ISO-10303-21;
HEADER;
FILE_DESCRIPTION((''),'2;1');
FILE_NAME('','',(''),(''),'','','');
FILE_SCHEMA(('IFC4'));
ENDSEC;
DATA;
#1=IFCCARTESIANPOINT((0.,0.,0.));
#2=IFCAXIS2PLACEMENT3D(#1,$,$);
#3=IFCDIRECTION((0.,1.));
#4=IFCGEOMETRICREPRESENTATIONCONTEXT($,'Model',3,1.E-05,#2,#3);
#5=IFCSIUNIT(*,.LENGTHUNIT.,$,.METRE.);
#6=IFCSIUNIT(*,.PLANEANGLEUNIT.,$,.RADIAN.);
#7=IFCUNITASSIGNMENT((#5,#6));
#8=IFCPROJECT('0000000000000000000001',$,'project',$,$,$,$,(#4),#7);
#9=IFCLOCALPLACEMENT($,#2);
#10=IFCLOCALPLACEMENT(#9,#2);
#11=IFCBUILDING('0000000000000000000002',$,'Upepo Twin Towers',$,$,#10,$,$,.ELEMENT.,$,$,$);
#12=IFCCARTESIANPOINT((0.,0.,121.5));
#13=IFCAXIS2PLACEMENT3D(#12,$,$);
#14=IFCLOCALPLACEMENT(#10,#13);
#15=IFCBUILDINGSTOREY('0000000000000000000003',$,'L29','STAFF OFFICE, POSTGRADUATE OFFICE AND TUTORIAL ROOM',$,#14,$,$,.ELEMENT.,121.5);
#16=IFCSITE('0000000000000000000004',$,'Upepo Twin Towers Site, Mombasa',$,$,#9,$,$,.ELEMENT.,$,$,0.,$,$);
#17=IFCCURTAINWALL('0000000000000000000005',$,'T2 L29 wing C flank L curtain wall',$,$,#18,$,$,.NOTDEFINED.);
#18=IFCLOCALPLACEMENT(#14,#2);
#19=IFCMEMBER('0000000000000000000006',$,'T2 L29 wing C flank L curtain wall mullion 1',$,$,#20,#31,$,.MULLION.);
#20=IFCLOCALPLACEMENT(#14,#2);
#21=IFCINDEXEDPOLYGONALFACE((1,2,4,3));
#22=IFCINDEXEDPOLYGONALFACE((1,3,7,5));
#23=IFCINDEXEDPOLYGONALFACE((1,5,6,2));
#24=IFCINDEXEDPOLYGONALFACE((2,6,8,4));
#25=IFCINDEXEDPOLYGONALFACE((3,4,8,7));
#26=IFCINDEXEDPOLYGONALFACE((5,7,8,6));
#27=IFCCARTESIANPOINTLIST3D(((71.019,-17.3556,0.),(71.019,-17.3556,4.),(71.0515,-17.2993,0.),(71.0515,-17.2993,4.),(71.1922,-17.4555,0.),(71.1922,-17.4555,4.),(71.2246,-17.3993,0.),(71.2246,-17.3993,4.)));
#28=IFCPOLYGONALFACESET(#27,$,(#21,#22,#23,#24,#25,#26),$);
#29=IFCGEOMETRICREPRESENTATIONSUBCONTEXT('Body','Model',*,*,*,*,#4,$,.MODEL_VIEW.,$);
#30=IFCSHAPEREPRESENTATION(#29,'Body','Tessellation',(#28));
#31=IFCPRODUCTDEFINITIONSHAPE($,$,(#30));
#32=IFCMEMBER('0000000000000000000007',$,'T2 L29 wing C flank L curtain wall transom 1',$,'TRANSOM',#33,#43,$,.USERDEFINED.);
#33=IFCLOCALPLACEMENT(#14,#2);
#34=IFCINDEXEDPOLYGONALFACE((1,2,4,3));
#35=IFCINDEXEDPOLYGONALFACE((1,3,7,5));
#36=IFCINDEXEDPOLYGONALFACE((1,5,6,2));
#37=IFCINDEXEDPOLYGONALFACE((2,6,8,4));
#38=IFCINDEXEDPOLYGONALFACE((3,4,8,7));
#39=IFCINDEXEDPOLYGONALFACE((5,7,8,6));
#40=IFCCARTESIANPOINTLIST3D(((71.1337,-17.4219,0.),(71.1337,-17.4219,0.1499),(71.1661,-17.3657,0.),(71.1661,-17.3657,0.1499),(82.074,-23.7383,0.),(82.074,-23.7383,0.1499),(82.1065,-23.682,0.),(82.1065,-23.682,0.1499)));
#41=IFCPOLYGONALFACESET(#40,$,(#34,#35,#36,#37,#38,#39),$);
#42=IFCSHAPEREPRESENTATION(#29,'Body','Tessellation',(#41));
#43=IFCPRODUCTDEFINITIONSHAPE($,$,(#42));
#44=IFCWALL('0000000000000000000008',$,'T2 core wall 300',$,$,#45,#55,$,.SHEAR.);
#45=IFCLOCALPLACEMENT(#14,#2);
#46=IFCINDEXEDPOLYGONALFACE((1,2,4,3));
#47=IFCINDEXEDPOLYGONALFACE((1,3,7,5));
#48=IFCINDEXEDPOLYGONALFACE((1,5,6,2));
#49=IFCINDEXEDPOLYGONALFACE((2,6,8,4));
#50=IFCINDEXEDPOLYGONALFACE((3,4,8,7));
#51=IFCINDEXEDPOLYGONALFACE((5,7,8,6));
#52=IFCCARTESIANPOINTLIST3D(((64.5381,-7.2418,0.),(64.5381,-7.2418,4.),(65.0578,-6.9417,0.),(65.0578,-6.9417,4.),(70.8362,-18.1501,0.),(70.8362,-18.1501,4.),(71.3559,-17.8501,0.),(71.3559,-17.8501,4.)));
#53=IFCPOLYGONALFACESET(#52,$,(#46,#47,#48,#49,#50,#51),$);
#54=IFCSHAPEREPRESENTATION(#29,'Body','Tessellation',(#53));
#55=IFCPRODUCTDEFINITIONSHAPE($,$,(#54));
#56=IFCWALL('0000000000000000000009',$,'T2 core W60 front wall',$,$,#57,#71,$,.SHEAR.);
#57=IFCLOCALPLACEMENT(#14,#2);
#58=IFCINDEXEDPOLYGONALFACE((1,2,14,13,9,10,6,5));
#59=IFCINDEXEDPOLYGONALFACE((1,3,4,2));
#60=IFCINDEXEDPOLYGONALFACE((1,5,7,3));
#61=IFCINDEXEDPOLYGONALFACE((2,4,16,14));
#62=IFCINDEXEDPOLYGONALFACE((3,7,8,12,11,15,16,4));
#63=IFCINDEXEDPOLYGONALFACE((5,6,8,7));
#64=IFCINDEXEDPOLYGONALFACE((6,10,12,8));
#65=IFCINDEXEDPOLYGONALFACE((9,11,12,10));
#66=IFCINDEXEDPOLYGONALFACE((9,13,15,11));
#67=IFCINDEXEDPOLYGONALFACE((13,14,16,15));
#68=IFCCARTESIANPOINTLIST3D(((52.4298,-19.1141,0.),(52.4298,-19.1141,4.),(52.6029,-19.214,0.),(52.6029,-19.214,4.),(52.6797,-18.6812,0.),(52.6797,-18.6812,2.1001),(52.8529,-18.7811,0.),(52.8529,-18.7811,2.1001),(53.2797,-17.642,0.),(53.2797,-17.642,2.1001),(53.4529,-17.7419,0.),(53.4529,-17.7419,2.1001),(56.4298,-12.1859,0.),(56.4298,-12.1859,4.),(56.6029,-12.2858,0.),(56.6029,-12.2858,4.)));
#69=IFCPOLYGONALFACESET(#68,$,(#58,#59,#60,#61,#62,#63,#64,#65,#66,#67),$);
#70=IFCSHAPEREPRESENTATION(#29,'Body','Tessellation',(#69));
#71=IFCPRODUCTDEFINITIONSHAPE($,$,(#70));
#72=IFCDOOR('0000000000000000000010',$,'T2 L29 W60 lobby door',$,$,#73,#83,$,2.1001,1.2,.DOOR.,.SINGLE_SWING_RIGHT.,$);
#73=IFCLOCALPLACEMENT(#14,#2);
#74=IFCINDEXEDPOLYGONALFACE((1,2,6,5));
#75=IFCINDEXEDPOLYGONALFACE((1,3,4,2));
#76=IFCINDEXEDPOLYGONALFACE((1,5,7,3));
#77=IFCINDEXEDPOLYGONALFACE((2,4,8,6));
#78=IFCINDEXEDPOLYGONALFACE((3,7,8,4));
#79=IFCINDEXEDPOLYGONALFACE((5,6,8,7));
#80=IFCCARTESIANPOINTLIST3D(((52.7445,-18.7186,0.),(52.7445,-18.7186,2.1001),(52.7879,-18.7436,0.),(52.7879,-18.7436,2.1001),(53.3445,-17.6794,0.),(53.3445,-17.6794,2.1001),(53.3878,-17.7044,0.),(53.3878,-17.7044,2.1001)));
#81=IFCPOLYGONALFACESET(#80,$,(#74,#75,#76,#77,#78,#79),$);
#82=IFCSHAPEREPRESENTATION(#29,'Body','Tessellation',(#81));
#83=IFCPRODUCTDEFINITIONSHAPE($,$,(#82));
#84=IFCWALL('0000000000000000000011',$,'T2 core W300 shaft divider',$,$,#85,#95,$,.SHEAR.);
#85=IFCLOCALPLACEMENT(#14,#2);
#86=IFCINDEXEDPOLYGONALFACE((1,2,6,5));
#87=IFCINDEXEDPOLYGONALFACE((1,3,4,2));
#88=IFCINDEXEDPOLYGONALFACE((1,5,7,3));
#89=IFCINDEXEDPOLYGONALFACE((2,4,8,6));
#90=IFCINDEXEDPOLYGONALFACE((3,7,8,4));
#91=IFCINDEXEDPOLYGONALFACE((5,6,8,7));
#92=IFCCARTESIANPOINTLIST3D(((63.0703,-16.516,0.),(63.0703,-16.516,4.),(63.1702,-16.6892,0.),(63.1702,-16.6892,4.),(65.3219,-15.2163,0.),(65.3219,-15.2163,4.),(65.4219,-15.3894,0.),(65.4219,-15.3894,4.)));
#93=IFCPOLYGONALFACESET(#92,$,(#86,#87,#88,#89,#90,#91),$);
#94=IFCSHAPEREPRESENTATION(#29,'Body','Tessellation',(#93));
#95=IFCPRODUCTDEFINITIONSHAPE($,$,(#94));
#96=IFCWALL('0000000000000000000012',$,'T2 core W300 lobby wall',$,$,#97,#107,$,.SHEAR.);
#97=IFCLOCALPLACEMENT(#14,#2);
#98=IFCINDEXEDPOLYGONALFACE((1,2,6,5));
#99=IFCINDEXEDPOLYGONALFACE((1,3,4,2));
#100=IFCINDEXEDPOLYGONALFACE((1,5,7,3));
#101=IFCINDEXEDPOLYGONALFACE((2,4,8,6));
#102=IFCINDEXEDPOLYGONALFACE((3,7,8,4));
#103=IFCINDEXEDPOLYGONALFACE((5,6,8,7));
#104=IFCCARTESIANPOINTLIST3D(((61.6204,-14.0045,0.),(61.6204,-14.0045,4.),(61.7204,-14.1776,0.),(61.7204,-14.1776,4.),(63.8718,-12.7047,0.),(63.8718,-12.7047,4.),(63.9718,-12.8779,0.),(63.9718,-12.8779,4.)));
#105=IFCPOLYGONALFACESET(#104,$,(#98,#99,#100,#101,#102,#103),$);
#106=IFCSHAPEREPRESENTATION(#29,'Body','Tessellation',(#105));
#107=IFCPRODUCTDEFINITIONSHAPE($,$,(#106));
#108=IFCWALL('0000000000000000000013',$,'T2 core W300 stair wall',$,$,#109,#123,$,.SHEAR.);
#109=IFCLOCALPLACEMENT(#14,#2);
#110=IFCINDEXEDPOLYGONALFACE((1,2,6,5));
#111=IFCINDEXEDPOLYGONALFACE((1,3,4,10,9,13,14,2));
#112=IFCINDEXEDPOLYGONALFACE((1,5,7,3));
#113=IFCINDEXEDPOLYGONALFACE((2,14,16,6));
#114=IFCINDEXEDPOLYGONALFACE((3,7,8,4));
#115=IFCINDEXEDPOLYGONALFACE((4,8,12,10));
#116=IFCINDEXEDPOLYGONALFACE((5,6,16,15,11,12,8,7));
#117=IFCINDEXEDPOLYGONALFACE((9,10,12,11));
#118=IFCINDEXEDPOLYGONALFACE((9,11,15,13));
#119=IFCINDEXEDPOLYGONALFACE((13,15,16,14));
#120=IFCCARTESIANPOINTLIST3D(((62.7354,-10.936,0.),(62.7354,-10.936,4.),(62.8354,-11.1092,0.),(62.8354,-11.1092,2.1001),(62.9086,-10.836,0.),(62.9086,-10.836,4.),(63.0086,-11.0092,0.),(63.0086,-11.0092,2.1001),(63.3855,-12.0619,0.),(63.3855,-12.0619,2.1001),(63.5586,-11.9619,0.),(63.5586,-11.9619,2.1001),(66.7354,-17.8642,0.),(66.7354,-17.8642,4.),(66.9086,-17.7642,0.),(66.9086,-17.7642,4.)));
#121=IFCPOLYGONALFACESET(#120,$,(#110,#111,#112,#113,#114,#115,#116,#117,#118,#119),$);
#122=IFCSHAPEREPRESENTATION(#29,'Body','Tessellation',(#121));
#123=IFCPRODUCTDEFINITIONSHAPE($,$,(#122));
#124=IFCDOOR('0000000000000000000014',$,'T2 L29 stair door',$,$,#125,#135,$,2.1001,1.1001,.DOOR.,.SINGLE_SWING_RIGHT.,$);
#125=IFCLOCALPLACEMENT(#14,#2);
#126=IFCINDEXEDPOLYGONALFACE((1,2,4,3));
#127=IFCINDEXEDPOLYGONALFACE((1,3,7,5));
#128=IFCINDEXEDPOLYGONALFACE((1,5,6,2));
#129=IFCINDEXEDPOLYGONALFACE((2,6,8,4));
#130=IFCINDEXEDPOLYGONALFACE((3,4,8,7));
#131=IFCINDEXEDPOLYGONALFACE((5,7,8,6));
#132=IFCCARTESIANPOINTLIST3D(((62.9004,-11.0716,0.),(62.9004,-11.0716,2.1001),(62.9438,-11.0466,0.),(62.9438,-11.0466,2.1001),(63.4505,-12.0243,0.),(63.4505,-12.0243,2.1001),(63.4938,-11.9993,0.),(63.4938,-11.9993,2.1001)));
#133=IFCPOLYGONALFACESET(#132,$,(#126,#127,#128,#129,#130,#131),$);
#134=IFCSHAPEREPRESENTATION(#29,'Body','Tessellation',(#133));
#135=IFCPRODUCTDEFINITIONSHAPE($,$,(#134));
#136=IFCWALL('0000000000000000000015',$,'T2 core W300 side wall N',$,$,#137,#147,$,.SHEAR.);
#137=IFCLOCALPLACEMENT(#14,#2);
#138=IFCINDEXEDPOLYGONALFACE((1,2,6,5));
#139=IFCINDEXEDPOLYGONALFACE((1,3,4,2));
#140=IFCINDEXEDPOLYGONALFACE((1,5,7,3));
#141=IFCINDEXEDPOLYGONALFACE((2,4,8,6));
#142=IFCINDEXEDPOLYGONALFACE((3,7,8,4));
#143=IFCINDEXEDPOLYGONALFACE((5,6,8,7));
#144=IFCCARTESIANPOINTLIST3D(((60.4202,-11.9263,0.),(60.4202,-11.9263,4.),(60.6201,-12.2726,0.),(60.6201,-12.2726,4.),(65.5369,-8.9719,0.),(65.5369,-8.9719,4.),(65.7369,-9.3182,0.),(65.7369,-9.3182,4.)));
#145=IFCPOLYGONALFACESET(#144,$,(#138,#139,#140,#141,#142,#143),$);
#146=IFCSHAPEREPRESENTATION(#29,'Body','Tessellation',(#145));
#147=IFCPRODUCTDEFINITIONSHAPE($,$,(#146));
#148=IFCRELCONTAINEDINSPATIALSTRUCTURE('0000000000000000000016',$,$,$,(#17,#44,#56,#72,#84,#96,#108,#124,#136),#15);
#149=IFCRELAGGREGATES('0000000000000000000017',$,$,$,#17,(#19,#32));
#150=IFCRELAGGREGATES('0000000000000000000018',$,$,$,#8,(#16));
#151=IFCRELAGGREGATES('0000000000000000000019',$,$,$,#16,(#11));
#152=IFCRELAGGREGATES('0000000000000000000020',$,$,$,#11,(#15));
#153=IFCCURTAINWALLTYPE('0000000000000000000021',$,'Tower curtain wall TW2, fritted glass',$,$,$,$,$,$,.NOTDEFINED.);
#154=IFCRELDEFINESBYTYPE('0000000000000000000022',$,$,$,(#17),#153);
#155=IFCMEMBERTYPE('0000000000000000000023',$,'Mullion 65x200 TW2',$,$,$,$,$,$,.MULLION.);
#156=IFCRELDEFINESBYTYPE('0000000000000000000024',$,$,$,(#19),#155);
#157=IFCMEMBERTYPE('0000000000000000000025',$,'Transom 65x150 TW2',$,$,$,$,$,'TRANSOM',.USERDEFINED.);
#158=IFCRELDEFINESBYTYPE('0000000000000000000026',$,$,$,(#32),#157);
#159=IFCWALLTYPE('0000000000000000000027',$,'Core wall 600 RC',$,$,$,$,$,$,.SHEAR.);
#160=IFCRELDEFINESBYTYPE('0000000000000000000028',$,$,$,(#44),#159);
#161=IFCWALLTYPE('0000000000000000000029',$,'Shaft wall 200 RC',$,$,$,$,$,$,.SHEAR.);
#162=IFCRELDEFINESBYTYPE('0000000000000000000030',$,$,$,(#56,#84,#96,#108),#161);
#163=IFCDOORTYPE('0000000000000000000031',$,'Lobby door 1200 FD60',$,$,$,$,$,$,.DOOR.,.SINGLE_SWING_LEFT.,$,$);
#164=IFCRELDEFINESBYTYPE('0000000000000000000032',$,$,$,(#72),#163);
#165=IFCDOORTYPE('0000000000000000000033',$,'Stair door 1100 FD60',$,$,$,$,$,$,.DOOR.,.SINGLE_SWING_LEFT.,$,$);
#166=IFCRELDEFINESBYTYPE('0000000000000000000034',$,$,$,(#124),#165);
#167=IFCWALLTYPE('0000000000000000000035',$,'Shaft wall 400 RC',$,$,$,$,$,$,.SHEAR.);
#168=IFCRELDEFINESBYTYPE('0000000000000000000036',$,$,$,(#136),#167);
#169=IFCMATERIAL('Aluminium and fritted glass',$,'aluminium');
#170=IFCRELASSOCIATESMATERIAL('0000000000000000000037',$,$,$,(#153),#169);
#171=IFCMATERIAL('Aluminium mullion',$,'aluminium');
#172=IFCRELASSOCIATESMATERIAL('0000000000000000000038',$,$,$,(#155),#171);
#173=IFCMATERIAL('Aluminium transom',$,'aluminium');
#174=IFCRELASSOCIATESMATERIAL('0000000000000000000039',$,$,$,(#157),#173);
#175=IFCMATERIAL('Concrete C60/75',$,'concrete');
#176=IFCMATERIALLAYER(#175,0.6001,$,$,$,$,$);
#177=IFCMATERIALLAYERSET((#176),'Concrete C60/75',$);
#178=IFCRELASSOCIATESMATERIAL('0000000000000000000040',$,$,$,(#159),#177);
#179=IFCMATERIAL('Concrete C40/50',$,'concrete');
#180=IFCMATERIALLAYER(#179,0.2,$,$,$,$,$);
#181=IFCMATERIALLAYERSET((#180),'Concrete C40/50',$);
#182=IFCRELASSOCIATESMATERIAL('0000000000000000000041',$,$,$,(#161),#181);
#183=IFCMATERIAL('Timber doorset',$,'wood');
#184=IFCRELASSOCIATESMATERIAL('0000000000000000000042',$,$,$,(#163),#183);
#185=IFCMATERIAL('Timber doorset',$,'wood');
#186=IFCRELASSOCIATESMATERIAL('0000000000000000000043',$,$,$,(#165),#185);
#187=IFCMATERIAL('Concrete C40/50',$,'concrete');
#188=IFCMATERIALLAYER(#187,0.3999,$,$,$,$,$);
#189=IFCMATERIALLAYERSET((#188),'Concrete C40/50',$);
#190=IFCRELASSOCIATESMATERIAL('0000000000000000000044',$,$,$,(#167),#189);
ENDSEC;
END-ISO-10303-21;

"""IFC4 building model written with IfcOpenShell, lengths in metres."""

from ifc_helpers import new_model, si_unit, direction, frame, frame_2d, origin, origin_2d, place, context, subcontext, project, spatial, rectangle, extrude, material, layer, layer_set, material_profile, profile_set, type_object, element, fill, aggregate, save


model = new_model("IFC4")

# Units and contexts
model_context = context("Model", 3, precision=1e-05, world=origin(), true_north=direction((0.0, 1.0)))
body_context = subcontext(model_context, "Body", "Model", "MODEL_VIEW")
ifc_project = project(units=[si_unit("LENGTHUNIT", "METRE"), si_unit("PLANEANGLEUNIT", "RADIAN")], contexts=[model_context])

# Site, building, storey
site_placement = place(None, origin())
site = spatial("IfcSite", under=ifc_project, at=site_placement, Name="Upepo Twin Towers Site, Mombasa", CompositionType="ELEMENT", RefElevation=0.0)
building_placement = place(site_placement, origin())
building = spatial("IfcBuilding", under=site, at=building_placement, Name="Upepo Twin Towers", CompositionType="ELEMENT")
storey_placement = place(building_placement, frame((0.0, 0.0, 121.5)))
storey = spatial("IfcBuildingStorey", under=building, at=storey_placement, Name="L29", Description="STAFF OFFICE, POSTGRADUATE OFFICE AND TUTORIAL ROOM", CompositionType="ELEMENT", Elevation=121.5)

# Curtain wall, members
ifc_material_1 = material(Name="Aluminium and fritted glass", Category="aluminium")
curtain_wall_type = type_object("IfcCurtainWallType", Name="Tower curtain wall TW2, fritted glass", PredefinedType="NOTDEFINED", material=ifc_material_1)
curtain_wall_placement = place(storey_placement, origin())
curtain_wall = element("IfcCurtainWall", 1, at=curtain_wall_placement, inside=storey, type_object=curtain_wall_type, Name="T2 L29 wing C flank L curtain wall", PredefinedType="NOTDEFINED")
ifc_material_2 = material(Name="Aluminium mullion", Category="aluminium")
ifc_material_profile_1 = material_profile(ifc_material_2, rectangle(XDim=0.0649, YDim=0.2, at=origin_2d()), Name="MULLION 65x200")
ifc_profile_set_1 = profile_set([ifc_material_profile_1], Name="Aluminium mullion")
member_type_1 = type_object("IfcMemberType", Name="Mullion 65x200 TW2", PredefinedType="MULLION", material=ifc_profile_set_1)
member_1_placement = place(storey_placement, frame((71.1218, -17.3774, 0.0), z_axis=(0.0, 0.0, 1.0), x_axis=(0.5, 0.866025, 0.0)))
member_1 = element("IfcMember", 2, at=member_1_placement, type_object=member_type_1, Name="T2 L29 wing C flank L curtain wall mullion 1", PredefinedType="MULLION", context=body_context, shape_type="SweptSolid", body=[
    extrude(rectangle(XDim=0.0649, YDim=0.2, at=origin_2d()), origin(), (0.0, 0.0, 1.0), 4.0),
])
ifc_material_3 = material(Name="Aluminium transom", Category="aluminium")
ifc_material_profile_2 = material_profile(ifc_material_3, rectangle(XDim=0.0649, YDim=0.1499, at=origin_2d()), Name="TRANSOM 65x150")
ifc_profile_set_2 = profile_set([ifc_material_profile_2], Name="Aluminium transom")
member_type_2 = type_object("IfcMemberType", Name="Transom 65x150 TW2", ElementType="TRANSOM", PredefinedType="USERDEFINED", material=ifc_profile_set_2)
member_2_placement = place(storey_placement, frame((71.1499, -17.3938, 0.075), z_axis=(0.866027, -0.499997, 0.0), x_axis=(0.499997, 0.866027, 0.0)))
member_2 = element("IfcMember", 3, at=member_2_placement, type_object=member_type_2, Name="T2 L29 wing C flank L curtain wall transom 1", ObjectType="TRANSOM", PredefinedType="USERDEFINED", context=body_context, shape_type="SweptSolid", body=[
    extrude(rectangle(XDim=0.0649, YDim=0.1499, at=origin_2d()), origin(), (0.0, 0.0, 1.0), 12.6328),
])
aggregate(curtain_wall, [member_1, member_2])

# Wall
ifc_material_4 = material(Name="Concrete C60/75", Category="concrete")
ifc_layer_1 = layer(ifc_material_4, 0.6001)
ifc_layer_set_1 = layer_set([ifc_layer_1], Name="Concrete C60/75")
wall_type_1 = type_object("IfcWallType", Name="Core wall 600 RC", PredefinedType="SHEAR", material=ifc_layer_set_1)
wall_1_placement = place(storey_placement, frame((71.0959, -18.0, 0.0), z_axis=(0.0, 0.0, 1.0), x_axis=(-0.500006, 0.866022, 0.0)))
element("IfcWall", 4, at=wall_1_placement, inside=storey, type_object=wall_type_1, Name="T2 core wall 300", PredefinedType="SHEAR", context=body_context, shape_type="SweptSolid", body=[
    extrude(rectangle(XDim=12.5959, YDim=0.6001, at=frame_2d((6.2979, 0.0))), origin(), (0.0, 0.0, 1.0), 4.0),
])

# Wall, opening, door
ifc_material_5 = material(Name="Concrete C40/50", Category="concrete")
ifc_layer_2 = layer(ifc_material_5, 0.2)
ifc_layer_set_2 = layer_set([ifc_layer_2], Name="Concrete C40/50")
wall_type_2 = type_object("IfcWallType", Name="Shaft wall 200 RC", PredefinedType="SHEAR", material=ifc_layer_set_2)
wall_2_placement = place(storey_placement, frame((56.5164, -12.2358, 0.0), z_axis=(0.0, 0.0, 1.0), x_axis=(-0.499999, -0.866026, 0.0)))
wall_2 = element("IfcWall", 5, at=wall_2_placement, inside=storey, type_object=wall_type_2, Name="T2 core W60 front wall", PredefinedType="SHEAR", context=body_context, shape_type="SweptSolid", body=[
    extrude(rectangle(XDim=8.0, YDim=0.2, at=frame_2d((4.0, 0.0))), origin(), (0.0, 0.0, 1.0), 4.0),
])
opening_1_placement = place(wall_2_placement, frame((6.3, 0.0, 0.0)))
opening_1 = element("IfcOpeningElement", 6, at=opening_1_placement, cuts=wall_2, PredefinedType="OPENING", context=body_context, shape_type="SweptSolid", body=[
    extrude(rectangle(XDim=1.2, YDim=2.1001, at=frame_2d((0.6001, 1.05))), frame((0.0, 0.1099, 0.0), z_axis=(0.0, -1.0, 0.0), x_axis=(1.0, 0.0, 0.0)), (0.0, 0.0, 1.0), 0.22),
])
ifc_material_6 = material(Name="Timber doorset", Category="wood")
door_type_1 = type_object("IfcDoorType", Name="Lobby door 1200 FD60", OperationType="SINGLE_SWING_LEFT", PredefinedType="DOOR", material=ifc_material_6)
door_1_placement = place(opening_1_placement, origin())
door_1 = element("IfcDoor", 7, at=door_1_placement, inside=storey, type_object=door_type_1, Name="T2 L29 W60 lobby door", OperationType="SINGLE_SWING_RIGHT", OverallHeight=2.1001, OverallWidth=1.2, PredefinedType="DOOR", context=body_context, shape_type="SweptSolid", body=[
    extrude(rectangle(XDim=1.2, YDim=2.1001, at=frame_2d((0.6001, 1.05))), frame((0.0, 0.0249, 0.0), z_axis=(0.0, -1.0, 0.0), x_axis=(1.0, 0.0, 0.0)), (0.0, 0.0, 1.0), 0.05),
])
fill(opening_1, door_1)

# Walls
wall_3_placement = place(storey_placement, frame((63.1204, -16.6025, 0.0), z_axis=(0.0, 0.0, 1.0), x_axis=(0.866062, 0.499937, 0.0)))
element("IfcWall", 8, at=wall_3_placement, inside=storey, type_object=wall_type_2, Name="T2 core W300 shaft divider", PredefinedType="SHEAR", context=body_context, shape_type="SweptSolid", body=[
    extrude(rectangle(XDim=2.5999, YDim=0.2, at=frame_2d((1.2998, 0.0))), origin(), (0.0, 0.0, 1.0), 4.0),
])
wall_4_placement = place(storey_placement, frame((61.6704, -14.0911, 0.0), z_axis=(0.0, 0.0, 1.0), x_axis=(0.866039, 0.499977, 0.0)))
element("IfcWall", 9, at=wall_4_placement, inside=storey, type_object=wall_type_2, Name="T2 core W300 lobby wall", PredefinedType="SHEAR", context=body_context, shape_type="SweptSolid", body=[
    extrude(rectangle(XDim=2.5996, YDim=0.2, at=frame_2d((1.2998, 0.0))), origin(), (0.0, 0.0, 1.0), 4.0),
])

# Wall, opening, door
wall_5_placement = place(storey_placement, frame((66.822, -17.8142, 0.0), z_axis=(0.0, 0.0, 1.0), x_axis=(-0.499999, 0.866026, 0.0)))
wall_5 = element("IfcWall", 10, at=wall_5_placement, inside=storey, type_object=wall_type_2, Name="T2 core W300 stair wall", PredefinedType="SHEAR", context=body_context, shape_type="SweptSolid", body=[
    extrude(rectangle(XDim=8.0, YDim=0.2, at=frame_2d((4.0, 0.0))), origin(), (0.0, 0.0, 1.0), 4.0),
])
opening_2_placement = place(wall_5_placement, frame((6.7, 0.0, 0.0)))
opening_2 = element("IfcOpeningElement", 11, at=opening_2_placement, cuts=wall_5, PredefinedType="OPENING", context=body_context, shape_type="SweptSolid", body=[
    extrude(rectangle(XDim=1.1001, YDim=2.1001, at=frame_2d((0.55, 1.05))), frame((0.0, 0.1099, 0.0), z_axis=(0.0, -1.0, 0.0), x_axis=(1.0, 0.0, 0.0)), (0.0, 0.0, 1.0), 0.22),
])
ifc_material_7 = material(Name="Timber doorset", Category="wood")
door_type_2 = type_object("IfcDoorType", Name="Stair door 1100 FD60", OperationType="SINGLE_SWING_LEFT", PredefinedType="DOOR", material=ifc_material_7)
door_2_placement = place(opening_2_placement, origin())
door_2 = element("IfcDoor", 12, at=door_2_placement, inside=storey, type_object=door_type_2, Name="T2 L29 stair door", OperationType="SINGLE_SWING_RIGHT", OverallHeight=2.1001, OverallWidth=1.1001, PredefinedType="DOOR", context=body_context, shape_type="SweptSolid", body=[
    extrude(rectangle(XDim=1.1001, YDim=2.1001, at=frame_2d((0.55, 1.05))), frame((0.0, 0.0249, 0.0), z_axis=(0.0, -1.0, 0.0), x_axis=(1.0, 0.0, 0.0)), (0.0, 0.0, 1.0), 0.05),
])
fill(opening_2, door_2)

# Wall
ifc_material_8 = material(Name="Concrete C40/50", Category="concrete")
ifc_layer_3 = layer(ifc_material_8, 0.3999)
ifc_layer_set_3 = layer_set([ifc_layer_3], Name="Concrete C40/50")
wall_type_3 = type_object("IfcWallType", Name="Shaft wall 400 RC", PredefinedType="SHEAR", material=ifc_layer_set_3)
wall_6_placement = place(storey_placement, frame((60.5203, -12.0994, 0.0), z_axis=(0.0, 0.0, 1.0), x_axis=(0.866009, 0.500028, 0.0)))
element("IfcWall", 13, at=wall_6_placement, inside=storey, type_object=wall_type_3, Name="T2 core W300 side wall N", PredefinedType="SHEAR", context=body_context, shape_type="SweptSolid", body=[
    extrude(rectangle(XDim=5.9084, YDim=0.3999, at=frame_2d((2.9541, 0.0))), origin(), (0.0, 0.0, 1.0), 4.0),
])

save(model, "model.ifc")
